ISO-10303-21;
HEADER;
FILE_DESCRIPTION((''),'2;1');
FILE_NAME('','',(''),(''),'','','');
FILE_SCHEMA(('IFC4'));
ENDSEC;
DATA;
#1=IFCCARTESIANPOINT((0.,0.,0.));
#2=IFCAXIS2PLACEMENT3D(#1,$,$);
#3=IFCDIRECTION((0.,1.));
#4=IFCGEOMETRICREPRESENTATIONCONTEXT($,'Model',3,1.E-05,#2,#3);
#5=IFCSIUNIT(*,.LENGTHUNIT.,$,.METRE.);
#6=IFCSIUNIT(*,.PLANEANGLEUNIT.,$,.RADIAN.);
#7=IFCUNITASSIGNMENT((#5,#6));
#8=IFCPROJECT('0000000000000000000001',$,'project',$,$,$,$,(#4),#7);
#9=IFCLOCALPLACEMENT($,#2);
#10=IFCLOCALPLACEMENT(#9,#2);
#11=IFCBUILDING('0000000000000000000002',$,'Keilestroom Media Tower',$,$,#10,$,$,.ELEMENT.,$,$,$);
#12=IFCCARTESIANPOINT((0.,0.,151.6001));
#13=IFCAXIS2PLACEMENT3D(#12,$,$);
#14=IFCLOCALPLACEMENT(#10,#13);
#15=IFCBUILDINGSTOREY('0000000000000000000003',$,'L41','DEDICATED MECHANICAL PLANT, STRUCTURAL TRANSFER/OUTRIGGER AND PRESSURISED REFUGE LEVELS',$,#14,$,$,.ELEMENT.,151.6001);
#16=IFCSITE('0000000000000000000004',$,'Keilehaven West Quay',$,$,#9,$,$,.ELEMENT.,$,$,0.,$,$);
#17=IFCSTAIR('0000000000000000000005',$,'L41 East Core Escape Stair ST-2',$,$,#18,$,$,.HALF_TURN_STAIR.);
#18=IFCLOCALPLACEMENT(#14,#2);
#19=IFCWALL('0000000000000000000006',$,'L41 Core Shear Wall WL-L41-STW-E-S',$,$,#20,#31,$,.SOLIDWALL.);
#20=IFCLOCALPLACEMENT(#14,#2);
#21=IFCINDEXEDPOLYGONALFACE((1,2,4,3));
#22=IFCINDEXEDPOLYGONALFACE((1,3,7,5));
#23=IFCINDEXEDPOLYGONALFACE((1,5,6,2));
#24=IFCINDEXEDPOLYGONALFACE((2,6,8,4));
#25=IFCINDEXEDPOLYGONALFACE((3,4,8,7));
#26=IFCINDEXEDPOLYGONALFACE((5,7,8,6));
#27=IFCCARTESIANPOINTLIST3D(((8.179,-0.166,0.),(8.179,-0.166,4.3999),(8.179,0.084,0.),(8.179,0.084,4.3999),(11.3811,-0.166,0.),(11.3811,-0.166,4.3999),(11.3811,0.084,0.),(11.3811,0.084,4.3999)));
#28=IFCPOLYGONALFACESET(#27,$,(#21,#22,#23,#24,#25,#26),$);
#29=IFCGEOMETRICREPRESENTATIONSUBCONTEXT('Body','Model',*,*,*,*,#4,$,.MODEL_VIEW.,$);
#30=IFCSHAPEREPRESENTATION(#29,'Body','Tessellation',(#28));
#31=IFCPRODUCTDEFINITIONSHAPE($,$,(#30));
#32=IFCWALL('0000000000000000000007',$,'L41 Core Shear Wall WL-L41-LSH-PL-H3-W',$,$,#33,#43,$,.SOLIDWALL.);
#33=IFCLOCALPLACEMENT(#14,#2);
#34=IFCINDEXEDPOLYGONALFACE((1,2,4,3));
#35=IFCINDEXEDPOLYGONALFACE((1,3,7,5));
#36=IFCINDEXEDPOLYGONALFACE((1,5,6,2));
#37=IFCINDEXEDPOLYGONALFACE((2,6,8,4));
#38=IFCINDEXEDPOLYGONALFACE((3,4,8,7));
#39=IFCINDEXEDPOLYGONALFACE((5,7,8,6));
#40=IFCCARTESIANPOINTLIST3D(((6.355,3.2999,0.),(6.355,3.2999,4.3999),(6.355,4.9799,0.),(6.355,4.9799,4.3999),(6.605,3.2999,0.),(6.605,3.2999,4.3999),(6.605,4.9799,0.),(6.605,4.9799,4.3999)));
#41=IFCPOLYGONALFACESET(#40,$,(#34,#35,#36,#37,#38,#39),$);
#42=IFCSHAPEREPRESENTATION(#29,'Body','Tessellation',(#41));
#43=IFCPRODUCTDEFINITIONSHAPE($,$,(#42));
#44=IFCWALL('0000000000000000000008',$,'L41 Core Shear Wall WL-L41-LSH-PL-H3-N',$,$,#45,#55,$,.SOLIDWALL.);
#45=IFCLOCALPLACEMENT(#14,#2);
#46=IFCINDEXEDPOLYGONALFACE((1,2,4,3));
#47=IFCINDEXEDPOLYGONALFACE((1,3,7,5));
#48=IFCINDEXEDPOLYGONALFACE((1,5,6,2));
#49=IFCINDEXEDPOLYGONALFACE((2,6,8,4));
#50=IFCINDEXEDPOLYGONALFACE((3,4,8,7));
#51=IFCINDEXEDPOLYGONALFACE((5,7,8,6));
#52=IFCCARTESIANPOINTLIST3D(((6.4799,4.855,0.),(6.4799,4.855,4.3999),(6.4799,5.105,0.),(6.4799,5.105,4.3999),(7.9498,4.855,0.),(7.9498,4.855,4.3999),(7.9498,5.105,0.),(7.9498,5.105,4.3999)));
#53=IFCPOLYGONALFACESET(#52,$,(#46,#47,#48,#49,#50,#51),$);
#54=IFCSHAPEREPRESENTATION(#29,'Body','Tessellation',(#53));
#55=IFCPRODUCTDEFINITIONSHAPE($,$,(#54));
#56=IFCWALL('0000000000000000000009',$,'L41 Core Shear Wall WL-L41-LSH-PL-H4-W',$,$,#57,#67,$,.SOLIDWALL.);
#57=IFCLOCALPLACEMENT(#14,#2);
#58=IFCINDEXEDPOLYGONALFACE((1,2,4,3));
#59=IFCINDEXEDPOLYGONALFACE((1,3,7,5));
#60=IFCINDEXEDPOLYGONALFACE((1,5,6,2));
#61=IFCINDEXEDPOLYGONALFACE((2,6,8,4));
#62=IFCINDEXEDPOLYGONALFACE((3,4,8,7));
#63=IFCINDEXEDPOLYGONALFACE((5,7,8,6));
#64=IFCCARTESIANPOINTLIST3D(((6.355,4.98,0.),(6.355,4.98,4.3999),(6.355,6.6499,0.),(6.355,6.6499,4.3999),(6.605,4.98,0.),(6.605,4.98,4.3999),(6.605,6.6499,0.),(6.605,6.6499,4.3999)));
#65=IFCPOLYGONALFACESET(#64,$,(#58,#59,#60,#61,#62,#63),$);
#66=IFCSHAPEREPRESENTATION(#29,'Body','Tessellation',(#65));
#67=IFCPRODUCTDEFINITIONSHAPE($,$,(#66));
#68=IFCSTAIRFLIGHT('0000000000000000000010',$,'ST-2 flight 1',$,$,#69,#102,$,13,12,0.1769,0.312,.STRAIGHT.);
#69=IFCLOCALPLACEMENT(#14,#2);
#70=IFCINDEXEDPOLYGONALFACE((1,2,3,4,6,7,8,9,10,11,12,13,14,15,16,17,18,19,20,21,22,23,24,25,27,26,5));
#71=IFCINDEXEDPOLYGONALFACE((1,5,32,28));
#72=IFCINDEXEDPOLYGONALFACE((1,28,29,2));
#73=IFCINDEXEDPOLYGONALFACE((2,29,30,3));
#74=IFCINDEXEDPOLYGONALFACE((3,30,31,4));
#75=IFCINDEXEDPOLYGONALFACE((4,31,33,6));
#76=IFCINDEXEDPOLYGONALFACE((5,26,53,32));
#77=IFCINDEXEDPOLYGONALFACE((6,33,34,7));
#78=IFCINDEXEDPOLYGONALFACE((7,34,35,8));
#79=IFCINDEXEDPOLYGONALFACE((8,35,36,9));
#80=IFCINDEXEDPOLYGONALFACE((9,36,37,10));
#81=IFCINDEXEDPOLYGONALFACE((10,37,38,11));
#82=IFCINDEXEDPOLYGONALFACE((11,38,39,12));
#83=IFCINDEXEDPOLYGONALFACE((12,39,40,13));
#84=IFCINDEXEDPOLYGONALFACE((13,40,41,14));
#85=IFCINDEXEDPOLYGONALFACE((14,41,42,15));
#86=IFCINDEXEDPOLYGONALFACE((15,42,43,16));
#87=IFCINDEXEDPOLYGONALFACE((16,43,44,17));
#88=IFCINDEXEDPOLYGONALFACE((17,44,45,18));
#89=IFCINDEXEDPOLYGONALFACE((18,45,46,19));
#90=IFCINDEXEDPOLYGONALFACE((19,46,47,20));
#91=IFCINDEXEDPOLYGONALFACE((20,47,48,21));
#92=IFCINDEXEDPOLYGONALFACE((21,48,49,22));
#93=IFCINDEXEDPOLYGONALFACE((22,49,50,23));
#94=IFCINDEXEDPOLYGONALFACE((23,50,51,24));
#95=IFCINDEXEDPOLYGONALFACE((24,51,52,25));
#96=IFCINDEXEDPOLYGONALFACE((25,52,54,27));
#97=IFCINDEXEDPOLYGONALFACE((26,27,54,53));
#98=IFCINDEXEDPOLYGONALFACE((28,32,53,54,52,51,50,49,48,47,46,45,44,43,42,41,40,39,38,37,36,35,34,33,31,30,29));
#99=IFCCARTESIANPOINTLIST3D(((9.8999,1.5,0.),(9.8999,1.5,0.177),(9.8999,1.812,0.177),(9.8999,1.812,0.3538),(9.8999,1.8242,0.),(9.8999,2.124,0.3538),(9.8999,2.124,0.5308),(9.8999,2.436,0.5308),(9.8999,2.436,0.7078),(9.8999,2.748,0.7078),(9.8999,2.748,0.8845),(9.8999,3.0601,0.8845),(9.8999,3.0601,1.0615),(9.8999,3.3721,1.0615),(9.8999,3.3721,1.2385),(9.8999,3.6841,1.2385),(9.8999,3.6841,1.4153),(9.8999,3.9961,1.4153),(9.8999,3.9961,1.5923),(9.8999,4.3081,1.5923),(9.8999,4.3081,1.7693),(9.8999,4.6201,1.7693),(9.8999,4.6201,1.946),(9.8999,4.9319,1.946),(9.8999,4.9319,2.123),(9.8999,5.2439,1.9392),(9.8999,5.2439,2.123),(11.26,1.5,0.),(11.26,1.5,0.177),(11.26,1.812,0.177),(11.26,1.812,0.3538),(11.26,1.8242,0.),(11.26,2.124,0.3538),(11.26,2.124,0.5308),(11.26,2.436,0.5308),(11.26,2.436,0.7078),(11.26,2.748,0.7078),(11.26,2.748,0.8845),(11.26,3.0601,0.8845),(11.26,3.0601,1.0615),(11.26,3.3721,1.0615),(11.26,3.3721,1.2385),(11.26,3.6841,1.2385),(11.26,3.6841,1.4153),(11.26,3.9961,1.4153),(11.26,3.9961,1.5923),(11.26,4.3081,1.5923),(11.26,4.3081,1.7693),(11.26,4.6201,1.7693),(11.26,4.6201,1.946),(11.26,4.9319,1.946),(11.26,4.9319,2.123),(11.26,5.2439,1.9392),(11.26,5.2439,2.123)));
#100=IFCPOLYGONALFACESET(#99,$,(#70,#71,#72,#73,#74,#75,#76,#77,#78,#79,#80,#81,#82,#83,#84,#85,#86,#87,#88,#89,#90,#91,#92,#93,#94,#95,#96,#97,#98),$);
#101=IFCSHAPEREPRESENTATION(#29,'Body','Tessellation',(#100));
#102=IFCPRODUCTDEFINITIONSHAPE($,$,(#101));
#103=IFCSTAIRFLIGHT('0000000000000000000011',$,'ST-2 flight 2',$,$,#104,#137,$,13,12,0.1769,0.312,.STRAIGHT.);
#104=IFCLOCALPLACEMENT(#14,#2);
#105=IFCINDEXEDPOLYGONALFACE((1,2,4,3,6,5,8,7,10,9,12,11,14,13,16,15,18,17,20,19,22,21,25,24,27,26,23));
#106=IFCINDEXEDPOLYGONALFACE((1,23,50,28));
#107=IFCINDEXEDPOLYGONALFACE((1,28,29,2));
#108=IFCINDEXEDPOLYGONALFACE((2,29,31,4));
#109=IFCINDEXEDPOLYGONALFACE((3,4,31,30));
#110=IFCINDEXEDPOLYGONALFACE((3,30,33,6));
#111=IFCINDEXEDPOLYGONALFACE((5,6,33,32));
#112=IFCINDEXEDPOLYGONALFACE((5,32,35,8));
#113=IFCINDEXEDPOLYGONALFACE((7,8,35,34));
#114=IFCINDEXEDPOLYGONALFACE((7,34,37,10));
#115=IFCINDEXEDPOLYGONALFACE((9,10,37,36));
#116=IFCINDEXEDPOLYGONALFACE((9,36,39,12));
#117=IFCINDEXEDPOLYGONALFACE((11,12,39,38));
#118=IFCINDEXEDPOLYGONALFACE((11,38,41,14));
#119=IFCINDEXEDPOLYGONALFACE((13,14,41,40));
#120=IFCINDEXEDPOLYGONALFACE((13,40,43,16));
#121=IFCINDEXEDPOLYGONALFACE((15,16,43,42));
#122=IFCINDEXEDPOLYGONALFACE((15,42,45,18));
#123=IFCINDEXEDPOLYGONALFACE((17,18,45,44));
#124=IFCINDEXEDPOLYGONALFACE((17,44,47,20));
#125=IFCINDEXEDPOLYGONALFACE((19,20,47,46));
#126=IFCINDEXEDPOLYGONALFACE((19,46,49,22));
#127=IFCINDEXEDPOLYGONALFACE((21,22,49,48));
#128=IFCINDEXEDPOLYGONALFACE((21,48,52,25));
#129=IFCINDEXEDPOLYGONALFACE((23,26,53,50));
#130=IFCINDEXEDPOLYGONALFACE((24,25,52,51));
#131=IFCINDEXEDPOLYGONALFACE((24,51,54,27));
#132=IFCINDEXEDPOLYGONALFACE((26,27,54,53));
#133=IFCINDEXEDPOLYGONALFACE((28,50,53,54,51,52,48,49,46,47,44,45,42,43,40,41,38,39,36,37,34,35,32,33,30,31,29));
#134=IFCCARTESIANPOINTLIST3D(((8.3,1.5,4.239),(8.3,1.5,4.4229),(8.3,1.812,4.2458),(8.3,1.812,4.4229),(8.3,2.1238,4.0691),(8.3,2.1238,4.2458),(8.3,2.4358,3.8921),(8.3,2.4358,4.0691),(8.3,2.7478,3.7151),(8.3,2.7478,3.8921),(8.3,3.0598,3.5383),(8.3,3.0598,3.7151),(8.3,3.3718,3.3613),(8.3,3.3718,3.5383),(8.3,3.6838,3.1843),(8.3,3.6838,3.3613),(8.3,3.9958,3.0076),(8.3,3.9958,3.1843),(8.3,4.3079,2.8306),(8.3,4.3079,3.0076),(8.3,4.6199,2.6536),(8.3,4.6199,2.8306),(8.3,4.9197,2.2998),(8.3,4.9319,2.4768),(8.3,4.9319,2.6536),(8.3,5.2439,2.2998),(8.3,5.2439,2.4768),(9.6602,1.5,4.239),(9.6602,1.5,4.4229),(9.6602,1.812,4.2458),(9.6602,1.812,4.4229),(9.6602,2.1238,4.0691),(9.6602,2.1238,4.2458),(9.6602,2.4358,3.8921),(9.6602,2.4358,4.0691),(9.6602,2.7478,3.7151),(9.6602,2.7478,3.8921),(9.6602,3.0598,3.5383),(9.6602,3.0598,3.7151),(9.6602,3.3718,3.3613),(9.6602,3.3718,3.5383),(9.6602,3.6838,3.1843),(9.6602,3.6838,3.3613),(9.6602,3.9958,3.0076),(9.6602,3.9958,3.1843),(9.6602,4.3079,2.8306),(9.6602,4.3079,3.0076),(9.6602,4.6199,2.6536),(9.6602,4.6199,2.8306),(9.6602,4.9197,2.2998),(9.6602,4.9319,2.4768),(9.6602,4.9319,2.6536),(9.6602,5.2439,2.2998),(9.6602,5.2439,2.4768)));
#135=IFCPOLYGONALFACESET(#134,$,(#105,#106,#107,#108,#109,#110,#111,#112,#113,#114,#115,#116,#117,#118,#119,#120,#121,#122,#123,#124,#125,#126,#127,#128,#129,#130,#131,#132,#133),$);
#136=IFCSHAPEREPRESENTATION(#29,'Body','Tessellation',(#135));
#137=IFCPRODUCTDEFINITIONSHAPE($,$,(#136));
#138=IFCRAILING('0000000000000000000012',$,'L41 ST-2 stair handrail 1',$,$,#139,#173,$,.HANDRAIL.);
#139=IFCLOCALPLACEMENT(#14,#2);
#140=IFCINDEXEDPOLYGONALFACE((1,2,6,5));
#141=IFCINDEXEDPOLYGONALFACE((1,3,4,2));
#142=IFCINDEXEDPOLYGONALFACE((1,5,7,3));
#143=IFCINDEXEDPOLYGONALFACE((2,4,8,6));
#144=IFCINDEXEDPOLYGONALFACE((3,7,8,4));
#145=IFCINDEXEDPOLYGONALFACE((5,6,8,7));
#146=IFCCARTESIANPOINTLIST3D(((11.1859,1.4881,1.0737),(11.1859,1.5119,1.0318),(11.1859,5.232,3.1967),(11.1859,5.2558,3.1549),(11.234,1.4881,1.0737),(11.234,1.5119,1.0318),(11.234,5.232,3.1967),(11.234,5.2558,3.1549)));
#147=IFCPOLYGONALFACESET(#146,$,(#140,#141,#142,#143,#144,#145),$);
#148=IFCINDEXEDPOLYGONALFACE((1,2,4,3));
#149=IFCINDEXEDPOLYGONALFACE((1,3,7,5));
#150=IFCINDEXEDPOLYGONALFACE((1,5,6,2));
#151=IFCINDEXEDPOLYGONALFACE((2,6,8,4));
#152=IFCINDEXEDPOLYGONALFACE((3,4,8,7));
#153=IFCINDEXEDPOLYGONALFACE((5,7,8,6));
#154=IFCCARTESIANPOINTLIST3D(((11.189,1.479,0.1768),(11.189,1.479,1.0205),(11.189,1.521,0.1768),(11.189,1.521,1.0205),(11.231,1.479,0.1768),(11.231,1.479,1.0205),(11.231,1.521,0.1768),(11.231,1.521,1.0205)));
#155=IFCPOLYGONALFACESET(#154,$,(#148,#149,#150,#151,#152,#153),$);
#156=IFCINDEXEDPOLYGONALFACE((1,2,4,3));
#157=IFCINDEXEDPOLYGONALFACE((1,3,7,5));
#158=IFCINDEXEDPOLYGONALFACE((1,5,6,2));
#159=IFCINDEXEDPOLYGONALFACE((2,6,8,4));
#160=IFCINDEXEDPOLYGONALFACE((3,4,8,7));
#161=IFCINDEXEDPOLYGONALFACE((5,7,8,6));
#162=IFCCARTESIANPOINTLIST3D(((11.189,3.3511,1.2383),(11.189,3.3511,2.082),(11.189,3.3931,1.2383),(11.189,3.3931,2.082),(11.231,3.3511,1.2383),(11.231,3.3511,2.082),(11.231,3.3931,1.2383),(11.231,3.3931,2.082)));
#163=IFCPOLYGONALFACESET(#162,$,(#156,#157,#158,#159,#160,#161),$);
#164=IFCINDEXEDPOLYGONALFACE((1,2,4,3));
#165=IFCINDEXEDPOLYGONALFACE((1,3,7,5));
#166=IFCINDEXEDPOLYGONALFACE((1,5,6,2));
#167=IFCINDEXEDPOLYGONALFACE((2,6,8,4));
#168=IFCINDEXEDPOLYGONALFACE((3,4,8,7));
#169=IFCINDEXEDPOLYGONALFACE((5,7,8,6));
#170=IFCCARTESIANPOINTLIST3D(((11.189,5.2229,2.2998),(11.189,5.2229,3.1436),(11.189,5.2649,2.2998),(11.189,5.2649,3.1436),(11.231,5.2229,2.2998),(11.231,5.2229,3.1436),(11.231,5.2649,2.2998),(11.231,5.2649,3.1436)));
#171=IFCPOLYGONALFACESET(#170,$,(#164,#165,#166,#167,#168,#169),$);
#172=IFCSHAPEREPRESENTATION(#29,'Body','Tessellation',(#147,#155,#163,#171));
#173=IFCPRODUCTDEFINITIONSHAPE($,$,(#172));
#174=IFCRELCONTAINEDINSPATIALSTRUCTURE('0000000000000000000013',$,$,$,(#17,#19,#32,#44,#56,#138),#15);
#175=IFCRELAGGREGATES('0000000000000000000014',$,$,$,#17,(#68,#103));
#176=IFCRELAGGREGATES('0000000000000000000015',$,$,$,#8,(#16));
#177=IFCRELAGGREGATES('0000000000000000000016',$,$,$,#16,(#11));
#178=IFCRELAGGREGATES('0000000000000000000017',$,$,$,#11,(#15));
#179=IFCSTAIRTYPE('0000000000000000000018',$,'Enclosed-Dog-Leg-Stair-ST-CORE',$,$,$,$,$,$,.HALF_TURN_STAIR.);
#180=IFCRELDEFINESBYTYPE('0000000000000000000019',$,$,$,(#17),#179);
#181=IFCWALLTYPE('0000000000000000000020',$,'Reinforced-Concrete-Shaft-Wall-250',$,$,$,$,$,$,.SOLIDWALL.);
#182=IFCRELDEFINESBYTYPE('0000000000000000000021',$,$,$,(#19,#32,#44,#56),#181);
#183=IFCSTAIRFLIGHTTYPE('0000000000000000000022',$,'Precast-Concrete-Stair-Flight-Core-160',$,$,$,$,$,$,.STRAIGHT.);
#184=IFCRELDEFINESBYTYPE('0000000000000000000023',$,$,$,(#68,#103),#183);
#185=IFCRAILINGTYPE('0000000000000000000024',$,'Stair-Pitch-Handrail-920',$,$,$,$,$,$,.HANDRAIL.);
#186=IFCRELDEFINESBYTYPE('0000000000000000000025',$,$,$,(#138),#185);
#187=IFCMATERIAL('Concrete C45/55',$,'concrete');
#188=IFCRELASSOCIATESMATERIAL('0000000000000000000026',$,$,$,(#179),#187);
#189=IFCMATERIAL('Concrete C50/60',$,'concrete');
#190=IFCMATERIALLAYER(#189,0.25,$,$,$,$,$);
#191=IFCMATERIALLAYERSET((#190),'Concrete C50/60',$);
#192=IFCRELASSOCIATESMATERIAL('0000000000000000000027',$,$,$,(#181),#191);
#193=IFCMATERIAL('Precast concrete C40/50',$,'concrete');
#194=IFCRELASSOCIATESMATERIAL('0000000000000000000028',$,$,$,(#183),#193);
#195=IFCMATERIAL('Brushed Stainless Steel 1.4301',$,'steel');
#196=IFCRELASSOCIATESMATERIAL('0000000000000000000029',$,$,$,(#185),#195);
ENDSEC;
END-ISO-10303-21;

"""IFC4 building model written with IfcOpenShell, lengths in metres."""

from ifc_helpers import new_model, si_unit, direction, frame, frame_2d, origin, origin_2d, place, context, subcontext, project, spatial, polyline, rectangle, outline, extrude, material, layer, layer_set, type_object, element, aggregate, save


model = new_model("IFC4")

# Units and contexts
model_context = context("Model", 3, precision=1e-05, world=origin(), true_north=direction((0.0, 1.0)))
body_context = subcontext(model_context, "Body", "Model", "MODEL_VIEW")
ifc_project = project(units=[si_unit("LENGTHUNIT", "METRE"), si_unit("PLANEANGLEUNIT", "RADIAN")], contexts=[model_context])

# Site, building, storey
site_placement = place(None, origin())
site = spatial("IfcSite", under=ifc_project, at=site_placement, Name="Keilehaven West Quay", CompositionType="ELEMENT", RefElevation=0.0)
building_placement = place(site_placement, origin())
building = spatial("IfcBuilding", under=site, at=building_placement, Name="Keilestroom Media Tower", CompositionType="ELEMENT")
storey_placement = place(building_placement, frame((0.0, 0.0, 151.6001)))
storey = spatial("IfcBuildingStorey", under=building, at=storey_placement, Name="L41", Description="DEDICATED MECHANICAL PLANT, STRUCTURAL TRANSFER/OUTRIGGER AND PRESSURISED REFUGE LEVELS", CompositionType="ELEMENT", Elevation=151.6001)

# Stair
ifc_material_1 = material(Name="Concrete C45/55", Category="concrete")
stair_type = type_object("IfcStairType", Name="Enclosed-Dog-Leg-Stair-ST-CORE", PredefinedType="HALF_TURN_STAIR", material=ifc_material_1)
stair_placement = place(storey_placement, origin())
stair = element("IfcStair", 1, at=stair_placement, inside=storey, type_object=stair_type, Name="L41 East Core Escape Stair ST-2", PredefinedType="HALF_TURN_STAIR")

# Shared definitions
ifc_material_2 = material(Name="Concrete C50/60", Category="concrete")
ifc_layer_1 = layer(ifc_material_2, 0.25)
ifc_layer_set_1 = layer_set([ifc_layer_1], Name="Concrete C50/60")
wall_type_1 = type_object("IfcWallType", Name="Reinforced-Concrete-Shaft-Wall-250", PredefinedType="SOLIDWALL", material=ifc_layer_set_1)

# Walls
wall_1_placement = place(storey_placement, frame((8.179, -0.041, 0.0), z_axis=(0.0, 0.0, 1.0), x_axis=(1.0, 0.0, 0.0)))
element("IfcWall", 2, at=wall_1_placement, inside=storey, type_object=wall_type_1, Name="L41 Core Shear Wall WL-L41-STW-E-S", PredefinedType="SOLIDWALL", context=body_context, shape_type="SweptSolid", body=[
    extrude(rectangle(XDim=3.2021, YDim=0.25, at=frame_2d((1.6011, 0.0))), origin(), (0.0, 0.0, 1.0), 4.3999),
])
wall_2_placement = place(storey_placement, frame((6.48, 3.3, 0.0), z_axis=(0.0, 0.0, 1.0), x_axis=(0.0, 1.0, 0.0)))
element("IfcWall", 3, at=wall_2_placement, inside=storey, type_object=wall_type_1, Name="L41 Core Shear Wall WL-L41-LSH-PL-H3-W", PredefinedType="SOLIDWALL", context=body_context, shape_type="SweptSolid", body=[
    extrude(rectangle(XDim=1.6799, YDim=0.25, at=frame_2d((0.8398, 0.0))), origin(), (0.0, 0.0, 1.0), 4.3999),
])
wall_3_placement = place(storey_placement, frame((6.48, 4.98, 0.0), z_axis=(0.0, 0.0, 1.0), x_axis=(1.0, 0.0, 0.0)))
element("IfcWall", 4, at=wall_3_placement, inside=storey, type_object=wall_type_1, Name="L41 Core Shear Wall WL-L41-LSH-PL-H3-N", PredefinedType="SOLIDWALL", context=body_context, shape_type="SweptSolid", body=[
    extrude(rectangle(XDim=1.47, YDim=0.25, at=frame_2d((0.7349, 0.0))), origin(), (0.0, 0.0, 1.0), 4.3999),
])
wall_4_placement = place(storey_placement, frame((6.48, 4.98, 0.0), z_axis=(0.0, 0.0, 1.0), x_axis=(0.0, 1.0, 0.0)))
element("IfcWall", 5, at=wall_4_placement, inside=storey, type_object=wall_type_1, Name="L41 Core Shear Wall WL-L41-LSH-PL-H4-W", PredefinedType="SOLIDWALL", context=body_context, shape_type="SweptSolid", body=[
    extrude(rectangle(XDim=1.6699, YDim=0.25, at=frame_2d((0.835, 0.0))), origin(), (0.0, 0.0, 1.0), 4.3999),
])

# Stair flights
ifc_material_3 = material(Name="Precast concrete C40/50", Category="concrete")
stair_flight_type = type_object("IfcStairFlightType", Name="Precast-Concrete-Stair-Flight-Core-160", PredefinedType="STRAIGHT", material=ifc_material_3)
stair_flight_1_placement = place(storey_placement, frame((10.5801, 1.5, 0.0), z_axis=(0.0, 0.0, 1.0), x_axis=(0.0, 1.0, 0.0)))
stair_flight_1 = element("IfcStairFlight", 6, at=stair_flight_1_placement, type_object=stair_flight_type, Name="ST-2 flight 1", NumberOfRisers=13, NumberOfTreads=12, PredefinedType="STRAIGHT", RiserHeight=0.1769, TreadLength=0.312, context=body_context, shape_type="SweptSolid", body=[
    extrude(outline(polyline([(0.0, 0.0), (0.0, 0.177), (0.312, 0.177), (0.312, 0.3538), (0.624, 0.3538), (0.624, 0.5308), (0.936, 0.5308), (0.936, 0.7078), (1.248, 0.7078), (1.248, 0.8845), (1.5601, 0.8845), (1.5601, 1.0615), (1.8721, 1.0615), (1.8721, 1.2385), (2.1841, 1.2385), (2.1841, 1.4153), (2.4961, 1.4153), (2.4961, 1.5923), (2.8081, 1.5923), (2.8081, 1.7693), (3.1201, 1.7693), (3.1201, 1.946), (3.4319, 1.946), (3.4319, 2.123), (3.7439, 2.123), (3.7439, 2.3), (3.7439, 1.9392), (0.3242, 0.0), (0.0, 0.0)])), frame((0.0, 0.6802, 0.0), z_axis=(0.0, -1.0, 0.0), x_axis=(1.0, 0.0, 0.0)), (0.0, 0.0, 1.0), 1.3601),
])
stair_flight_2_placement = place(storey_placement, frame((8.98, 5.2439, 2.2998), z_axis=(0.0, 0.0, 1.0), x_axis=(0.0, -1.0, 0.0)))
stair_flight_2 = element("IfcStairFlight", 7, at=stair_flight_2_placement, type_object=stair_flight_type, Name="ST-2 flight 2", NumberOfRisers=13, NumberOfTreads=12, PredefinedType="STRAIGHT", RiserHeight=0.1769, TreadLength=0.312, context=body_context, shape_type="SweptSolid", body=[
    extrude(outline(polyline([(0.0, 0.0), (0.0, 0.177), (0.312, 0.177), (0.312, 0.3538), (0.624, 0.3538), (0.624, 0.5308), (0.936, 0.5308), (0.936, 0.7078), (1.248, 0.7078), (1.248, 0.8845), (1.5601, 0.8845), (1.5601, 1.0615), (1.8721, 1.0615), (1.8721, 1.2385), (2.1841, 1.2385), (2.1841, 1.4153), (2.4961, 1.4153), (2.4961, 1.5923), (2.8081, 1.5923), (2.8081, 1.7693), (3.1201, 1.7693), (3.1201, 1.946), (3.4319, 1.946), (3.4319, 2.123), (3.7439, 2.123), (3.7439, 2.3), (3.7439, 1.9392), (0.3242, 0.0), (0.0, 0.0)])), frame((0.0, 0.6802, 0.0), z_axis=(0.0, -1.0, 0.0), x_axis=(1.0, 0.0, 0.0)), (0.0, 0.0, 1.0), 1.3601),
])
aggregate(stair, [stair_flight_1, stair_flight_2])

# Railing
ifc_material_4 = material(Name="Brushed Stainless Steel 1.4301", Category="steel")
railing_type_1 = type_object("IfcRailingType", Name="Stair-Pitch-Handrail-920", PredefinedType="HANDRAIL", material=ifc_material_4)
railing_1_placement = place(storey_placement, frame((11.21, 1.5, 0.1768)))
element("IfcRailing", 8, at=railing_1_placement, inside=storey, type_object=railing_type_1, Name="L41 ST-2 stair handrail 1", PredefinedType="HANDRAIL", context=body_context, shape_type="SweptSolid", body=[
    extrude(rectangle(XDim=0.0481, YDim=0.0481, at=origin_2d()), frame((0.0, 0.0, 0.876), z_axis=(0.0, 0.869872, 0.493277), x_axis=(-1.0, 0.0, 0.0)), (0.0, 0.0, 1.0), 4.304),
    extrude(rectangle(XDim=0.042, YDim=0.042, at=origin_2d()), origin(), (0.0, 0.0, 1.0), 0.8438),
    extrude(rectangle(XDim=0.042, YDim=0.042, at=origin_2d()), frame((0.0, 1.8721, 1.0615)), (0.0, 0.0, 1.0), 0.8438),
    extrude(rectangle(XDim=0.042, YDim=0.042, at=origin_2d()), frame((0.0, 3.7439, 2.123)), (0.0, 0.0, 1.0), 0.8438),
])

save(model, "model.ifc")
